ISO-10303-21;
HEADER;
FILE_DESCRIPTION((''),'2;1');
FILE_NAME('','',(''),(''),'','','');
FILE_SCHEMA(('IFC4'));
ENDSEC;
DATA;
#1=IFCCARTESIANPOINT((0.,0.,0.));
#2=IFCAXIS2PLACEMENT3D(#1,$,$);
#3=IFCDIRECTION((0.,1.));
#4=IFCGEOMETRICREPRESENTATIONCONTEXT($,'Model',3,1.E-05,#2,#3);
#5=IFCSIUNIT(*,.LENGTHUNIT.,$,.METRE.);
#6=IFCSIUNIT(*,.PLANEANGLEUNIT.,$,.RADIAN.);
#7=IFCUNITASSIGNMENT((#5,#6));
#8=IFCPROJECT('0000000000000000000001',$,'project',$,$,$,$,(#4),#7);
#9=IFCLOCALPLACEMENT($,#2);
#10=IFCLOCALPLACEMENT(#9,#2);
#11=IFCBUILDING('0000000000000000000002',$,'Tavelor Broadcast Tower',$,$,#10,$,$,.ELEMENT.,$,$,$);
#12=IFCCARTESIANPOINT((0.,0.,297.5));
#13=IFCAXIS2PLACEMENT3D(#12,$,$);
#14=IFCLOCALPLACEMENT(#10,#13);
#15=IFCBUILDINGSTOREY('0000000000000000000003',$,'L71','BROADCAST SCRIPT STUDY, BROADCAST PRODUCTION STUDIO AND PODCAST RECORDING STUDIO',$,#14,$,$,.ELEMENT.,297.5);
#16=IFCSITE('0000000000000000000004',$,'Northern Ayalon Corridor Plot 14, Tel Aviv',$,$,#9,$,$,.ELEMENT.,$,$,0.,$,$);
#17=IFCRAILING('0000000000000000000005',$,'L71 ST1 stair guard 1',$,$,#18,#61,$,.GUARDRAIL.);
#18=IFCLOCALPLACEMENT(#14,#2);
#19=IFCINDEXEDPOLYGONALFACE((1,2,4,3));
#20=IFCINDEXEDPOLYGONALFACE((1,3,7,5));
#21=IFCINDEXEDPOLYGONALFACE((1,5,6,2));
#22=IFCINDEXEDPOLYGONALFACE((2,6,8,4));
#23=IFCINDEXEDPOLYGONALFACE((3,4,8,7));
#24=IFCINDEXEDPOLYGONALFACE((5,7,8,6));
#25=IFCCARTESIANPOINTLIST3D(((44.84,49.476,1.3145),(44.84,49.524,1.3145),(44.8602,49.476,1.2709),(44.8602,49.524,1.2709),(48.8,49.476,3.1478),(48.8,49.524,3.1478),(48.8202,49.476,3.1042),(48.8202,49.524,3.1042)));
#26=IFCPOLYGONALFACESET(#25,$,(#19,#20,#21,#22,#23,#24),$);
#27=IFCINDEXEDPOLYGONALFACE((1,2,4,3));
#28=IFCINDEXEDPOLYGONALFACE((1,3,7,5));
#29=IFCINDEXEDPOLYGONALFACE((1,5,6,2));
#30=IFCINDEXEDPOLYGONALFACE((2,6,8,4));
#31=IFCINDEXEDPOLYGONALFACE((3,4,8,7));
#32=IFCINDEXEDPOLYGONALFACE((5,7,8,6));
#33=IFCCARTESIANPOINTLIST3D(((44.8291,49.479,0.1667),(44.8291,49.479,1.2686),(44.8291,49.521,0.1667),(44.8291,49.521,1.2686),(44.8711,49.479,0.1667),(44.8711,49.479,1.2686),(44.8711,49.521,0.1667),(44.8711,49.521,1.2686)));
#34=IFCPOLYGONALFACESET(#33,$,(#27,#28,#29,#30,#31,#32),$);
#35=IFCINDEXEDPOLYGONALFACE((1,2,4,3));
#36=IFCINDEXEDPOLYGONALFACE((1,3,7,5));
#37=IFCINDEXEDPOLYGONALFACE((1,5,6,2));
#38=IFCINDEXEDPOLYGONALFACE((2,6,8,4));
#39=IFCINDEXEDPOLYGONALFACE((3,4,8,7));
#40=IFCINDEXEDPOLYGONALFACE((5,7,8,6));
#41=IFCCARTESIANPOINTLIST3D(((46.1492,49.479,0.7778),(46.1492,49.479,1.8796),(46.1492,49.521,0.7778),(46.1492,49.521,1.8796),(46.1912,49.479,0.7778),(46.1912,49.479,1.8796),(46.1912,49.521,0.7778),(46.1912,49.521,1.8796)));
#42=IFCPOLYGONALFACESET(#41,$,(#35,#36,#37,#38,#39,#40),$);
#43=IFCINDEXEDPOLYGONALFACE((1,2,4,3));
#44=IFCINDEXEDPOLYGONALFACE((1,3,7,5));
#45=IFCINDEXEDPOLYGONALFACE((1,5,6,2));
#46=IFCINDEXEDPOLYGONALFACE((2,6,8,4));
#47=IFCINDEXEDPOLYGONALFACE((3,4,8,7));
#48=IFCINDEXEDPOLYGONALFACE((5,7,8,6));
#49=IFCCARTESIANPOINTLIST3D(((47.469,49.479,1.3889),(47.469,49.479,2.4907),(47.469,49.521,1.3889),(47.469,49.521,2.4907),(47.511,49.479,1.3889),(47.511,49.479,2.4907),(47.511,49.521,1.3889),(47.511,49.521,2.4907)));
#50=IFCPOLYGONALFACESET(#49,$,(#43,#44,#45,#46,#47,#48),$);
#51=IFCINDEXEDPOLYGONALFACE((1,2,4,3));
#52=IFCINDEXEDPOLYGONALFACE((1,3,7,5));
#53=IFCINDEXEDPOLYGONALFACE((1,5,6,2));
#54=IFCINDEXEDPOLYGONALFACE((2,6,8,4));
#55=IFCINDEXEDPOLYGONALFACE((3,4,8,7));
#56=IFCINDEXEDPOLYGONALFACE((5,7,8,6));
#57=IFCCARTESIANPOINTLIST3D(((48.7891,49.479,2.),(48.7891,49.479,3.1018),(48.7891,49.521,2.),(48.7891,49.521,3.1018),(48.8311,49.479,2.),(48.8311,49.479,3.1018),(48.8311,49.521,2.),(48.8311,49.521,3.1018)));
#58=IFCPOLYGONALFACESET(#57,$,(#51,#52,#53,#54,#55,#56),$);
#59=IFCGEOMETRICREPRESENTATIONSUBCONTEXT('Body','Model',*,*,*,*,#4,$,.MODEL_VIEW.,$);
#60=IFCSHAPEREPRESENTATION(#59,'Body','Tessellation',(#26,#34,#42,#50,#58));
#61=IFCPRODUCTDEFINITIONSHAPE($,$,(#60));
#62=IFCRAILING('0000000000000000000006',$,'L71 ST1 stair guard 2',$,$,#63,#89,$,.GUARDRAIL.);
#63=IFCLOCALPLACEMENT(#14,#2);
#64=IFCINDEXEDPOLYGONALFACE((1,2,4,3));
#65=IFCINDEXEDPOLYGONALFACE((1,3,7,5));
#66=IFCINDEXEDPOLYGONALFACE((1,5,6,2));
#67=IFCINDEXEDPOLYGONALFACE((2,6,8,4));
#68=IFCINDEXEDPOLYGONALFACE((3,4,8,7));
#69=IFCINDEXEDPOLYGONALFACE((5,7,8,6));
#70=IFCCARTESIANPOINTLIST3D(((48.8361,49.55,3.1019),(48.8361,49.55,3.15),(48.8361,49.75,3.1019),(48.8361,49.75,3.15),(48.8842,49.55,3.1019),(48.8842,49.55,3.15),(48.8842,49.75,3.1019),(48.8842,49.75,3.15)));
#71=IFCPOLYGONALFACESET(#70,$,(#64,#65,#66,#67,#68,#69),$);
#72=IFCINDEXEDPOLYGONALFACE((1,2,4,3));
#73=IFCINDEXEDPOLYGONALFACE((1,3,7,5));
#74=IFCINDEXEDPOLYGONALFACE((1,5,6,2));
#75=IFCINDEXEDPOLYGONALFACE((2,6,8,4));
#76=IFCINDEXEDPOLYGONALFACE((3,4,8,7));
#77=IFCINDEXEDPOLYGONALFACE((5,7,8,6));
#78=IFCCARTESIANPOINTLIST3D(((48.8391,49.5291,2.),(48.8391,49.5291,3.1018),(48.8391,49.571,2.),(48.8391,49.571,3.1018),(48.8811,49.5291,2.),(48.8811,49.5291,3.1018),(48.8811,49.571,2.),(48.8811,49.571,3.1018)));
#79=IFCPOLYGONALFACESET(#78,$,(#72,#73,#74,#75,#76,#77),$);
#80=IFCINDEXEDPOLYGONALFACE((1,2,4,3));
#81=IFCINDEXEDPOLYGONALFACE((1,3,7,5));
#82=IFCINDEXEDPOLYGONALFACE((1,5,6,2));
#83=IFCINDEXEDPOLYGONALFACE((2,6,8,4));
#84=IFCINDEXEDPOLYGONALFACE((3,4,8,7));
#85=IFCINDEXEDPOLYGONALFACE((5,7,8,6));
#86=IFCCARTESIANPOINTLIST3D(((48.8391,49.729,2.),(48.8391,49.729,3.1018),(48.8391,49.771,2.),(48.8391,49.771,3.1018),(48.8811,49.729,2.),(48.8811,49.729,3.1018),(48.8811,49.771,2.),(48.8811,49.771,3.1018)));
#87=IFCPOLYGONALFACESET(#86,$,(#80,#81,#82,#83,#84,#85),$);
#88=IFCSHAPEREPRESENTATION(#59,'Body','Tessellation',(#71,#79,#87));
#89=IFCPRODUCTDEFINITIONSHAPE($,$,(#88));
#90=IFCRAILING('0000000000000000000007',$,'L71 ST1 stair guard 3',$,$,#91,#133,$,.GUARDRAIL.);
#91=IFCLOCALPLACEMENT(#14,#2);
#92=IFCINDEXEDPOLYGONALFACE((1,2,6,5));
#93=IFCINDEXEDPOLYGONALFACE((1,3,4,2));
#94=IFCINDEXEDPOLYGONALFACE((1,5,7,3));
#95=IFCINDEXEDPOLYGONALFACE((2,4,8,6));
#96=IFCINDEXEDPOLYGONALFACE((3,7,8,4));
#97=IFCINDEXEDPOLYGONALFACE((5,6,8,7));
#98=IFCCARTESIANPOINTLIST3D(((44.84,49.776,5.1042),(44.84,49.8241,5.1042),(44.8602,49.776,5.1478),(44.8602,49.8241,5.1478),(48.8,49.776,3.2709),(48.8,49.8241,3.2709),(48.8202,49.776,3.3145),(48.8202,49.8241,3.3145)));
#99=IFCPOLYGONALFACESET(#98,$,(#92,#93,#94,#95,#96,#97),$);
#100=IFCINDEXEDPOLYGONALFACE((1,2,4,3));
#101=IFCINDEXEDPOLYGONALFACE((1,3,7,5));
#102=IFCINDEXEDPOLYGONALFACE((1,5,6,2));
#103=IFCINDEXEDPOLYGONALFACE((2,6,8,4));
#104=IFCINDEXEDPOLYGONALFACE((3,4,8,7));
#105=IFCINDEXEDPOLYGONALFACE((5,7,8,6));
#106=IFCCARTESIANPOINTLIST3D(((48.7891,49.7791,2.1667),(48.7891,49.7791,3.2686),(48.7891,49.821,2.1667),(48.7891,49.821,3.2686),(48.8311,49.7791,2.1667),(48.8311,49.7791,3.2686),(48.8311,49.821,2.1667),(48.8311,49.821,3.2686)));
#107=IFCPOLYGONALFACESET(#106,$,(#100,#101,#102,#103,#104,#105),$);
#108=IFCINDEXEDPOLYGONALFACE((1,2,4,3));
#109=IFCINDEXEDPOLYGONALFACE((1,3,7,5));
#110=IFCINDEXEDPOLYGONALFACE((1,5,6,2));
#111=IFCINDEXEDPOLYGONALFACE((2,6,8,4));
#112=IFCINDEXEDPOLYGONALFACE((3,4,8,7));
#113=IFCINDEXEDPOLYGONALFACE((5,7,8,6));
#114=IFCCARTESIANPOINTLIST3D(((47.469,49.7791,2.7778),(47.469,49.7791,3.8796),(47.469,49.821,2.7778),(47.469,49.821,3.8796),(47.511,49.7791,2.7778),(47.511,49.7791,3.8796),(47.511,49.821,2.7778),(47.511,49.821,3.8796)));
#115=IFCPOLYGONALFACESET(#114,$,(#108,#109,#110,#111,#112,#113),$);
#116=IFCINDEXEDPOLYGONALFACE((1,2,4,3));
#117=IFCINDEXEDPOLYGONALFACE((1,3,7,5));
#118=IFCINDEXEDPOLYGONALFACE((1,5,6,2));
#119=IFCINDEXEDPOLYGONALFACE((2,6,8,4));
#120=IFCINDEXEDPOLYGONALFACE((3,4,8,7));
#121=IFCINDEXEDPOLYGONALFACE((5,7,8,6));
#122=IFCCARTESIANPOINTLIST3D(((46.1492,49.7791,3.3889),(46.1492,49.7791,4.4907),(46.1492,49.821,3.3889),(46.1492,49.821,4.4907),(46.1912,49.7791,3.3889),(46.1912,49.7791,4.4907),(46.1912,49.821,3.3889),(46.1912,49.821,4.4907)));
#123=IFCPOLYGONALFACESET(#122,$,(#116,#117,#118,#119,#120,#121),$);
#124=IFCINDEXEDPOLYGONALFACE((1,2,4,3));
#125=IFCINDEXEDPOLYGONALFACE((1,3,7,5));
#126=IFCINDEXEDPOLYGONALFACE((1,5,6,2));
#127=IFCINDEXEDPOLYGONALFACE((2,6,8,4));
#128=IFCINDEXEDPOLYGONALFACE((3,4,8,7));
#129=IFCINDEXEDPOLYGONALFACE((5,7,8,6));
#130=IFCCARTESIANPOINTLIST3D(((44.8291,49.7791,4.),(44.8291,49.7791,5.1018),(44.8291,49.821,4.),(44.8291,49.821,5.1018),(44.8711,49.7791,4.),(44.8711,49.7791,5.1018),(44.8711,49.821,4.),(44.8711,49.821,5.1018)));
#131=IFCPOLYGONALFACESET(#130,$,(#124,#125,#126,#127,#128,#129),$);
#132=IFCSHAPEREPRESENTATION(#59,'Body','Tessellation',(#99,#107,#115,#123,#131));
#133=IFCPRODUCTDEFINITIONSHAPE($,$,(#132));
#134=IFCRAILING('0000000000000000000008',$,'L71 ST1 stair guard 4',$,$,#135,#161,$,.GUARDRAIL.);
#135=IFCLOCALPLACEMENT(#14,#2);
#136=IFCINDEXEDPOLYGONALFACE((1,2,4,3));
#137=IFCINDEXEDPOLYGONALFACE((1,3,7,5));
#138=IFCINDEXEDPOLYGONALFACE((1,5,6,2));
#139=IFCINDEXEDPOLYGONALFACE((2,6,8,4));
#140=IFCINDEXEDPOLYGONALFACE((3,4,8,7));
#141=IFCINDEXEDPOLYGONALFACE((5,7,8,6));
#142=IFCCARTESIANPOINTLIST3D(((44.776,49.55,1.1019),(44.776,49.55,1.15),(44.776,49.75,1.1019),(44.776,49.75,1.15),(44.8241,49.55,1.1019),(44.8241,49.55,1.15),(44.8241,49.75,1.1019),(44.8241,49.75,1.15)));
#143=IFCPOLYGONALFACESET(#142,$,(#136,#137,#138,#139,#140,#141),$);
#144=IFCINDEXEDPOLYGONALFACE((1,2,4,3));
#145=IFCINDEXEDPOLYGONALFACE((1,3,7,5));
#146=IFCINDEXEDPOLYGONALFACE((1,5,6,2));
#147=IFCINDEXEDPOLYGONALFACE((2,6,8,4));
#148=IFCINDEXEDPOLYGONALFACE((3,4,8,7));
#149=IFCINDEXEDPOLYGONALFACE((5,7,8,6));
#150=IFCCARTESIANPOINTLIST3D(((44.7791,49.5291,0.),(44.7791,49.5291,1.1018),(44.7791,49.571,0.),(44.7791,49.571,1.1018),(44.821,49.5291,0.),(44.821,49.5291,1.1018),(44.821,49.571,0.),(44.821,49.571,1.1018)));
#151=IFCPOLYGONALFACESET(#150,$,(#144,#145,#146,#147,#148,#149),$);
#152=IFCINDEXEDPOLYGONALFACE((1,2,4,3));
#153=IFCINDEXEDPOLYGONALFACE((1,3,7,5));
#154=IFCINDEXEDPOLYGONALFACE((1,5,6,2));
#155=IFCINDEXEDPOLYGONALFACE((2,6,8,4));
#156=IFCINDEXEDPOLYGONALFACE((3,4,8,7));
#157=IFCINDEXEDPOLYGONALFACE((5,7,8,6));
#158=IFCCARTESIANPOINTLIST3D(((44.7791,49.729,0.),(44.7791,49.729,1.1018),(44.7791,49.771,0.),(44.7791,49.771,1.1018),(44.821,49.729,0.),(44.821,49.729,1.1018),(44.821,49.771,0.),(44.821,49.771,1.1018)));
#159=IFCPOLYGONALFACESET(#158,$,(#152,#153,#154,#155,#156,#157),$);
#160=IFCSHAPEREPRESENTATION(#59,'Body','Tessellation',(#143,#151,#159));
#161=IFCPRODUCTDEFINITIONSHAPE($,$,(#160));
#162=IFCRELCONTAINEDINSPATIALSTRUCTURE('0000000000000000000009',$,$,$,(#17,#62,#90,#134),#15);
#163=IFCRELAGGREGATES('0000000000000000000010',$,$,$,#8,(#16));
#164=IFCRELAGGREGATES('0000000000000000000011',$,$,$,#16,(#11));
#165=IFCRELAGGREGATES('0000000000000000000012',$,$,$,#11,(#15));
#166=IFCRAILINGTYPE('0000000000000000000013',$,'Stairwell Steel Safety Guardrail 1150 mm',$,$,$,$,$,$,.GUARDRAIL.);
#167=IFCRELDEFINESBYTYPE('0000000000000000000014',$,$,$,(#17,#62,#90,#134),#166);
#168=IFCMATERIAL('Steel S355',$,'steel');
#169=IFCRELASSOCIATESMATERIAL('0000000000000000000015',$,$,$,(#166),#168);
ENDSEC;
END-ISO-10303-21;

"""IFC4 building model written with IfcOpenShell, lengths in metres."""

from ifc_helpers import new_model, si_unit, direction, frame, origin, origin_2d, place, context, subcontext, project, spatial, rectangle, extrude, material, type_object, element, save


model = new_model("IFC4")

# Units and contexts
model_context = context("Model", 3, precision=1e-05, world=origin(), true_north=direction((0.0, 1.0)))
body_context = subcontext(model_context, "Body", "Model", "MODEL_VIEW")
ifc_project = project(units=[si_unit("LENGTHUNIT", "METRE"), si_unit("PLANEANGLEUNIT", "RADIAN")], contexts=[model_context])

# Site, building, storey
site_placement = place(None, origin())
site = spatial("IfcSite", under=ifc_project, at=site_placement, Name="Northern Ayalon Corridor Plot 14, Tel Aviv", CompositionType="ELEMENT", RefElevation=0.0)
building_placement = place(site_placement, origin())
building = spatial("IfcBuilding", under=site, at=building_placement, Name="Tavelor Broadcast Tower", CompositionType="ELEMENT")
storey_placement = place(building_placement, frame((0.0, 0.0, 297.5)))
storey = spatial("IfcBuildingStorey", under=building, at=storey_placement, Name="L71", Description="BROADCAST SCRIPT STUDY, BROADCAST PRODUCTION STUDIO AND PODCAST RECORDING STUDIO", CompositionType="ELEMENT", Elevation=297.5)

# Shared definitions
ifc_material_1 = material(Name="Steel S355", Category="steel")

# Railings
railing_type_1 = type_object("IfcRailingType", Name="Stairwell Steel Safety Guardrail 1150 mm", PredefinedType="GUARDRAIL", material=ifc_material_1)
railing_1_placement = place(storey_placement, frame((44.8501, 49.5, 0.1667)))
element("IfcRailing", 1, at=railing_1_placement, inside=storey, type_object=railing_type_1, Name="L71 ST1 stair guard 1", PredefinedType="GUARDRAIL", context=body_context, shape_type="SweptSolid", body=[
    extrude(rectangle(XDim=0.0481, YDim=0.0481, at=origin_2d()), frame((0.0, 0.0, 1.126), z_axis=(0.907472, 0.0, 0.420112), x_axis=(0.0, 1.0, 0.0)), (0.0, 0.0, 1.0), 4.3638),
    extrude(rectangle(XDim=0.042, YDim=0.042, at=origin_2d()), origin(), (0.0, 0.0, 1.0), 1.1018),
    extrude(rectangle(XDim=0.042, YDim=0.042, at=origin_2d()), frame((1.3201, 0.0, 0.6111)), (0.0, 0.0, 1.0), 1.1018),
    extrude(rectangle(XDim=0.042, YDim=0.042, at=origin_2d()), frame((2.6399, 0.0, 1.2222)), (0.0, 0.0, 1.0), 1.1018),
    extrude(rectangle(XDim=0.042, YDim=0.042, at=origin_2d()), frame((3.96, 0.0, 1.8333)), (0.0, 0.0, 1.0), 1.1018),
])
railing_2_placement = place(storey_placement, frame((48.8601, 49.55, 2.0)))
element("IfcRailing", 2, at=railing_2_placement, inside=storey, type_object=railing_type_1, Name="L71 ST1 stair guard 2", PredefinedType="GUARDRAIL", context=body_context, shape_type="SweptSolid", body=[
    extrude(rectangle(XDim=0.0481, YDim=0.0481, at=origin_2d()), frame((0.0, 0.0, 1.126), z_axis=(0.0, 1.0, 0.0), x_axis=(-1.0, 0.0, 0.0)), (0.0, 0.0, 1.0), 0.2),
    extrude(rectangle(XDim=0.042, YDim=0.042, at=origin_2d()), origin(), (0.0, 0.0, 1.0), 1.1018),
    extrude(rectangle(XDim=0.042, YDim=0.042, at=origin_2d()), frame((0.0, 0.2, 0.0)), (0.0, 0.0, 1.0), 1.1018),
])
railing_3_placement = place(storey_placement, frame((48.8101, 49.8, 2.1667)))
element("IfcRailing", 3, at=railing_3_placement, inside=storey, type_object=railing_type_1, Name="L71 ST1 stair guard 3", PredefinedType="GUARDRAIL", context=body_context, shape_type="SweptSolid", body=[
    extrude(rectangle(XDim=0.0481, YDim=0.0481, at=origin_2d()), frame((0.0, 0.0, 1.126), z_axis=(-0.907472, 0.0, 0.420112), x_axis=(0.0, -1.0, 0.0)), (0.0, 0.0, 1.0), 4.3638),
    extrude(rectangle(XDim=0.042, YDim=0.042, at=origin_2d()), origin(), (0.0, 0.0, 1.0), 1.1018),
    extrude(rectangle(XDim=0.042, YDim=0.042, at=origin_2d()), frame((-1.3201, 0.0, 0.6111)), (0.0, 0.0, 1.0), 1.1018),
    extrude(rectangle(XDim=0.042, YDim=0.042, at=origin_2d()), frame((-2.6399, 0.0, 1.2222)), (0.0, 0.0, 1.0), 1.1018),
    extrude(rectangle(XDim=0.042, YDim=0.042, at=origin_2d()), frame((-3.96, 0.0, 1.8333)), (0.0, 0.0, 1.0), 1.1018),
])
railing_4_placement = place(storey_placement, frame((44.8, 49.55, 0.0)))
element("IfcRailing", 4, at=railing_4_placement, inside=storey, type_object=railing_type_1, Name="L71 ST1 stair guard 4", PredefinedType="GUARDRAIL", context=body_context, shape_type="SweptSolid", body=[
    extrude(rectangle(XDim=0.0481, YDim=0.0481, at=origin_2d()), frame((0.0, 0.0, 1.126), z_axis=(0.0, 1.0, 0.0), x_axis=(-1.0, 0.0, 0.0)), (0.0, 0.0, 1.0), 0.2),
    extrude(rectangle(XDim=0.042, YDim=0.042, at=origin_2d()), origin(), (0.0, 0.0, 1.0), 1.1018),
    extrude(rectangle(XDim=0.042, YDim=0.042, at=origin_2d()), frame((0.0, 0.2, 0.0)), (0.0, 0.0, 1.0), 1.1018),
])

save(model, "model.ifc")
